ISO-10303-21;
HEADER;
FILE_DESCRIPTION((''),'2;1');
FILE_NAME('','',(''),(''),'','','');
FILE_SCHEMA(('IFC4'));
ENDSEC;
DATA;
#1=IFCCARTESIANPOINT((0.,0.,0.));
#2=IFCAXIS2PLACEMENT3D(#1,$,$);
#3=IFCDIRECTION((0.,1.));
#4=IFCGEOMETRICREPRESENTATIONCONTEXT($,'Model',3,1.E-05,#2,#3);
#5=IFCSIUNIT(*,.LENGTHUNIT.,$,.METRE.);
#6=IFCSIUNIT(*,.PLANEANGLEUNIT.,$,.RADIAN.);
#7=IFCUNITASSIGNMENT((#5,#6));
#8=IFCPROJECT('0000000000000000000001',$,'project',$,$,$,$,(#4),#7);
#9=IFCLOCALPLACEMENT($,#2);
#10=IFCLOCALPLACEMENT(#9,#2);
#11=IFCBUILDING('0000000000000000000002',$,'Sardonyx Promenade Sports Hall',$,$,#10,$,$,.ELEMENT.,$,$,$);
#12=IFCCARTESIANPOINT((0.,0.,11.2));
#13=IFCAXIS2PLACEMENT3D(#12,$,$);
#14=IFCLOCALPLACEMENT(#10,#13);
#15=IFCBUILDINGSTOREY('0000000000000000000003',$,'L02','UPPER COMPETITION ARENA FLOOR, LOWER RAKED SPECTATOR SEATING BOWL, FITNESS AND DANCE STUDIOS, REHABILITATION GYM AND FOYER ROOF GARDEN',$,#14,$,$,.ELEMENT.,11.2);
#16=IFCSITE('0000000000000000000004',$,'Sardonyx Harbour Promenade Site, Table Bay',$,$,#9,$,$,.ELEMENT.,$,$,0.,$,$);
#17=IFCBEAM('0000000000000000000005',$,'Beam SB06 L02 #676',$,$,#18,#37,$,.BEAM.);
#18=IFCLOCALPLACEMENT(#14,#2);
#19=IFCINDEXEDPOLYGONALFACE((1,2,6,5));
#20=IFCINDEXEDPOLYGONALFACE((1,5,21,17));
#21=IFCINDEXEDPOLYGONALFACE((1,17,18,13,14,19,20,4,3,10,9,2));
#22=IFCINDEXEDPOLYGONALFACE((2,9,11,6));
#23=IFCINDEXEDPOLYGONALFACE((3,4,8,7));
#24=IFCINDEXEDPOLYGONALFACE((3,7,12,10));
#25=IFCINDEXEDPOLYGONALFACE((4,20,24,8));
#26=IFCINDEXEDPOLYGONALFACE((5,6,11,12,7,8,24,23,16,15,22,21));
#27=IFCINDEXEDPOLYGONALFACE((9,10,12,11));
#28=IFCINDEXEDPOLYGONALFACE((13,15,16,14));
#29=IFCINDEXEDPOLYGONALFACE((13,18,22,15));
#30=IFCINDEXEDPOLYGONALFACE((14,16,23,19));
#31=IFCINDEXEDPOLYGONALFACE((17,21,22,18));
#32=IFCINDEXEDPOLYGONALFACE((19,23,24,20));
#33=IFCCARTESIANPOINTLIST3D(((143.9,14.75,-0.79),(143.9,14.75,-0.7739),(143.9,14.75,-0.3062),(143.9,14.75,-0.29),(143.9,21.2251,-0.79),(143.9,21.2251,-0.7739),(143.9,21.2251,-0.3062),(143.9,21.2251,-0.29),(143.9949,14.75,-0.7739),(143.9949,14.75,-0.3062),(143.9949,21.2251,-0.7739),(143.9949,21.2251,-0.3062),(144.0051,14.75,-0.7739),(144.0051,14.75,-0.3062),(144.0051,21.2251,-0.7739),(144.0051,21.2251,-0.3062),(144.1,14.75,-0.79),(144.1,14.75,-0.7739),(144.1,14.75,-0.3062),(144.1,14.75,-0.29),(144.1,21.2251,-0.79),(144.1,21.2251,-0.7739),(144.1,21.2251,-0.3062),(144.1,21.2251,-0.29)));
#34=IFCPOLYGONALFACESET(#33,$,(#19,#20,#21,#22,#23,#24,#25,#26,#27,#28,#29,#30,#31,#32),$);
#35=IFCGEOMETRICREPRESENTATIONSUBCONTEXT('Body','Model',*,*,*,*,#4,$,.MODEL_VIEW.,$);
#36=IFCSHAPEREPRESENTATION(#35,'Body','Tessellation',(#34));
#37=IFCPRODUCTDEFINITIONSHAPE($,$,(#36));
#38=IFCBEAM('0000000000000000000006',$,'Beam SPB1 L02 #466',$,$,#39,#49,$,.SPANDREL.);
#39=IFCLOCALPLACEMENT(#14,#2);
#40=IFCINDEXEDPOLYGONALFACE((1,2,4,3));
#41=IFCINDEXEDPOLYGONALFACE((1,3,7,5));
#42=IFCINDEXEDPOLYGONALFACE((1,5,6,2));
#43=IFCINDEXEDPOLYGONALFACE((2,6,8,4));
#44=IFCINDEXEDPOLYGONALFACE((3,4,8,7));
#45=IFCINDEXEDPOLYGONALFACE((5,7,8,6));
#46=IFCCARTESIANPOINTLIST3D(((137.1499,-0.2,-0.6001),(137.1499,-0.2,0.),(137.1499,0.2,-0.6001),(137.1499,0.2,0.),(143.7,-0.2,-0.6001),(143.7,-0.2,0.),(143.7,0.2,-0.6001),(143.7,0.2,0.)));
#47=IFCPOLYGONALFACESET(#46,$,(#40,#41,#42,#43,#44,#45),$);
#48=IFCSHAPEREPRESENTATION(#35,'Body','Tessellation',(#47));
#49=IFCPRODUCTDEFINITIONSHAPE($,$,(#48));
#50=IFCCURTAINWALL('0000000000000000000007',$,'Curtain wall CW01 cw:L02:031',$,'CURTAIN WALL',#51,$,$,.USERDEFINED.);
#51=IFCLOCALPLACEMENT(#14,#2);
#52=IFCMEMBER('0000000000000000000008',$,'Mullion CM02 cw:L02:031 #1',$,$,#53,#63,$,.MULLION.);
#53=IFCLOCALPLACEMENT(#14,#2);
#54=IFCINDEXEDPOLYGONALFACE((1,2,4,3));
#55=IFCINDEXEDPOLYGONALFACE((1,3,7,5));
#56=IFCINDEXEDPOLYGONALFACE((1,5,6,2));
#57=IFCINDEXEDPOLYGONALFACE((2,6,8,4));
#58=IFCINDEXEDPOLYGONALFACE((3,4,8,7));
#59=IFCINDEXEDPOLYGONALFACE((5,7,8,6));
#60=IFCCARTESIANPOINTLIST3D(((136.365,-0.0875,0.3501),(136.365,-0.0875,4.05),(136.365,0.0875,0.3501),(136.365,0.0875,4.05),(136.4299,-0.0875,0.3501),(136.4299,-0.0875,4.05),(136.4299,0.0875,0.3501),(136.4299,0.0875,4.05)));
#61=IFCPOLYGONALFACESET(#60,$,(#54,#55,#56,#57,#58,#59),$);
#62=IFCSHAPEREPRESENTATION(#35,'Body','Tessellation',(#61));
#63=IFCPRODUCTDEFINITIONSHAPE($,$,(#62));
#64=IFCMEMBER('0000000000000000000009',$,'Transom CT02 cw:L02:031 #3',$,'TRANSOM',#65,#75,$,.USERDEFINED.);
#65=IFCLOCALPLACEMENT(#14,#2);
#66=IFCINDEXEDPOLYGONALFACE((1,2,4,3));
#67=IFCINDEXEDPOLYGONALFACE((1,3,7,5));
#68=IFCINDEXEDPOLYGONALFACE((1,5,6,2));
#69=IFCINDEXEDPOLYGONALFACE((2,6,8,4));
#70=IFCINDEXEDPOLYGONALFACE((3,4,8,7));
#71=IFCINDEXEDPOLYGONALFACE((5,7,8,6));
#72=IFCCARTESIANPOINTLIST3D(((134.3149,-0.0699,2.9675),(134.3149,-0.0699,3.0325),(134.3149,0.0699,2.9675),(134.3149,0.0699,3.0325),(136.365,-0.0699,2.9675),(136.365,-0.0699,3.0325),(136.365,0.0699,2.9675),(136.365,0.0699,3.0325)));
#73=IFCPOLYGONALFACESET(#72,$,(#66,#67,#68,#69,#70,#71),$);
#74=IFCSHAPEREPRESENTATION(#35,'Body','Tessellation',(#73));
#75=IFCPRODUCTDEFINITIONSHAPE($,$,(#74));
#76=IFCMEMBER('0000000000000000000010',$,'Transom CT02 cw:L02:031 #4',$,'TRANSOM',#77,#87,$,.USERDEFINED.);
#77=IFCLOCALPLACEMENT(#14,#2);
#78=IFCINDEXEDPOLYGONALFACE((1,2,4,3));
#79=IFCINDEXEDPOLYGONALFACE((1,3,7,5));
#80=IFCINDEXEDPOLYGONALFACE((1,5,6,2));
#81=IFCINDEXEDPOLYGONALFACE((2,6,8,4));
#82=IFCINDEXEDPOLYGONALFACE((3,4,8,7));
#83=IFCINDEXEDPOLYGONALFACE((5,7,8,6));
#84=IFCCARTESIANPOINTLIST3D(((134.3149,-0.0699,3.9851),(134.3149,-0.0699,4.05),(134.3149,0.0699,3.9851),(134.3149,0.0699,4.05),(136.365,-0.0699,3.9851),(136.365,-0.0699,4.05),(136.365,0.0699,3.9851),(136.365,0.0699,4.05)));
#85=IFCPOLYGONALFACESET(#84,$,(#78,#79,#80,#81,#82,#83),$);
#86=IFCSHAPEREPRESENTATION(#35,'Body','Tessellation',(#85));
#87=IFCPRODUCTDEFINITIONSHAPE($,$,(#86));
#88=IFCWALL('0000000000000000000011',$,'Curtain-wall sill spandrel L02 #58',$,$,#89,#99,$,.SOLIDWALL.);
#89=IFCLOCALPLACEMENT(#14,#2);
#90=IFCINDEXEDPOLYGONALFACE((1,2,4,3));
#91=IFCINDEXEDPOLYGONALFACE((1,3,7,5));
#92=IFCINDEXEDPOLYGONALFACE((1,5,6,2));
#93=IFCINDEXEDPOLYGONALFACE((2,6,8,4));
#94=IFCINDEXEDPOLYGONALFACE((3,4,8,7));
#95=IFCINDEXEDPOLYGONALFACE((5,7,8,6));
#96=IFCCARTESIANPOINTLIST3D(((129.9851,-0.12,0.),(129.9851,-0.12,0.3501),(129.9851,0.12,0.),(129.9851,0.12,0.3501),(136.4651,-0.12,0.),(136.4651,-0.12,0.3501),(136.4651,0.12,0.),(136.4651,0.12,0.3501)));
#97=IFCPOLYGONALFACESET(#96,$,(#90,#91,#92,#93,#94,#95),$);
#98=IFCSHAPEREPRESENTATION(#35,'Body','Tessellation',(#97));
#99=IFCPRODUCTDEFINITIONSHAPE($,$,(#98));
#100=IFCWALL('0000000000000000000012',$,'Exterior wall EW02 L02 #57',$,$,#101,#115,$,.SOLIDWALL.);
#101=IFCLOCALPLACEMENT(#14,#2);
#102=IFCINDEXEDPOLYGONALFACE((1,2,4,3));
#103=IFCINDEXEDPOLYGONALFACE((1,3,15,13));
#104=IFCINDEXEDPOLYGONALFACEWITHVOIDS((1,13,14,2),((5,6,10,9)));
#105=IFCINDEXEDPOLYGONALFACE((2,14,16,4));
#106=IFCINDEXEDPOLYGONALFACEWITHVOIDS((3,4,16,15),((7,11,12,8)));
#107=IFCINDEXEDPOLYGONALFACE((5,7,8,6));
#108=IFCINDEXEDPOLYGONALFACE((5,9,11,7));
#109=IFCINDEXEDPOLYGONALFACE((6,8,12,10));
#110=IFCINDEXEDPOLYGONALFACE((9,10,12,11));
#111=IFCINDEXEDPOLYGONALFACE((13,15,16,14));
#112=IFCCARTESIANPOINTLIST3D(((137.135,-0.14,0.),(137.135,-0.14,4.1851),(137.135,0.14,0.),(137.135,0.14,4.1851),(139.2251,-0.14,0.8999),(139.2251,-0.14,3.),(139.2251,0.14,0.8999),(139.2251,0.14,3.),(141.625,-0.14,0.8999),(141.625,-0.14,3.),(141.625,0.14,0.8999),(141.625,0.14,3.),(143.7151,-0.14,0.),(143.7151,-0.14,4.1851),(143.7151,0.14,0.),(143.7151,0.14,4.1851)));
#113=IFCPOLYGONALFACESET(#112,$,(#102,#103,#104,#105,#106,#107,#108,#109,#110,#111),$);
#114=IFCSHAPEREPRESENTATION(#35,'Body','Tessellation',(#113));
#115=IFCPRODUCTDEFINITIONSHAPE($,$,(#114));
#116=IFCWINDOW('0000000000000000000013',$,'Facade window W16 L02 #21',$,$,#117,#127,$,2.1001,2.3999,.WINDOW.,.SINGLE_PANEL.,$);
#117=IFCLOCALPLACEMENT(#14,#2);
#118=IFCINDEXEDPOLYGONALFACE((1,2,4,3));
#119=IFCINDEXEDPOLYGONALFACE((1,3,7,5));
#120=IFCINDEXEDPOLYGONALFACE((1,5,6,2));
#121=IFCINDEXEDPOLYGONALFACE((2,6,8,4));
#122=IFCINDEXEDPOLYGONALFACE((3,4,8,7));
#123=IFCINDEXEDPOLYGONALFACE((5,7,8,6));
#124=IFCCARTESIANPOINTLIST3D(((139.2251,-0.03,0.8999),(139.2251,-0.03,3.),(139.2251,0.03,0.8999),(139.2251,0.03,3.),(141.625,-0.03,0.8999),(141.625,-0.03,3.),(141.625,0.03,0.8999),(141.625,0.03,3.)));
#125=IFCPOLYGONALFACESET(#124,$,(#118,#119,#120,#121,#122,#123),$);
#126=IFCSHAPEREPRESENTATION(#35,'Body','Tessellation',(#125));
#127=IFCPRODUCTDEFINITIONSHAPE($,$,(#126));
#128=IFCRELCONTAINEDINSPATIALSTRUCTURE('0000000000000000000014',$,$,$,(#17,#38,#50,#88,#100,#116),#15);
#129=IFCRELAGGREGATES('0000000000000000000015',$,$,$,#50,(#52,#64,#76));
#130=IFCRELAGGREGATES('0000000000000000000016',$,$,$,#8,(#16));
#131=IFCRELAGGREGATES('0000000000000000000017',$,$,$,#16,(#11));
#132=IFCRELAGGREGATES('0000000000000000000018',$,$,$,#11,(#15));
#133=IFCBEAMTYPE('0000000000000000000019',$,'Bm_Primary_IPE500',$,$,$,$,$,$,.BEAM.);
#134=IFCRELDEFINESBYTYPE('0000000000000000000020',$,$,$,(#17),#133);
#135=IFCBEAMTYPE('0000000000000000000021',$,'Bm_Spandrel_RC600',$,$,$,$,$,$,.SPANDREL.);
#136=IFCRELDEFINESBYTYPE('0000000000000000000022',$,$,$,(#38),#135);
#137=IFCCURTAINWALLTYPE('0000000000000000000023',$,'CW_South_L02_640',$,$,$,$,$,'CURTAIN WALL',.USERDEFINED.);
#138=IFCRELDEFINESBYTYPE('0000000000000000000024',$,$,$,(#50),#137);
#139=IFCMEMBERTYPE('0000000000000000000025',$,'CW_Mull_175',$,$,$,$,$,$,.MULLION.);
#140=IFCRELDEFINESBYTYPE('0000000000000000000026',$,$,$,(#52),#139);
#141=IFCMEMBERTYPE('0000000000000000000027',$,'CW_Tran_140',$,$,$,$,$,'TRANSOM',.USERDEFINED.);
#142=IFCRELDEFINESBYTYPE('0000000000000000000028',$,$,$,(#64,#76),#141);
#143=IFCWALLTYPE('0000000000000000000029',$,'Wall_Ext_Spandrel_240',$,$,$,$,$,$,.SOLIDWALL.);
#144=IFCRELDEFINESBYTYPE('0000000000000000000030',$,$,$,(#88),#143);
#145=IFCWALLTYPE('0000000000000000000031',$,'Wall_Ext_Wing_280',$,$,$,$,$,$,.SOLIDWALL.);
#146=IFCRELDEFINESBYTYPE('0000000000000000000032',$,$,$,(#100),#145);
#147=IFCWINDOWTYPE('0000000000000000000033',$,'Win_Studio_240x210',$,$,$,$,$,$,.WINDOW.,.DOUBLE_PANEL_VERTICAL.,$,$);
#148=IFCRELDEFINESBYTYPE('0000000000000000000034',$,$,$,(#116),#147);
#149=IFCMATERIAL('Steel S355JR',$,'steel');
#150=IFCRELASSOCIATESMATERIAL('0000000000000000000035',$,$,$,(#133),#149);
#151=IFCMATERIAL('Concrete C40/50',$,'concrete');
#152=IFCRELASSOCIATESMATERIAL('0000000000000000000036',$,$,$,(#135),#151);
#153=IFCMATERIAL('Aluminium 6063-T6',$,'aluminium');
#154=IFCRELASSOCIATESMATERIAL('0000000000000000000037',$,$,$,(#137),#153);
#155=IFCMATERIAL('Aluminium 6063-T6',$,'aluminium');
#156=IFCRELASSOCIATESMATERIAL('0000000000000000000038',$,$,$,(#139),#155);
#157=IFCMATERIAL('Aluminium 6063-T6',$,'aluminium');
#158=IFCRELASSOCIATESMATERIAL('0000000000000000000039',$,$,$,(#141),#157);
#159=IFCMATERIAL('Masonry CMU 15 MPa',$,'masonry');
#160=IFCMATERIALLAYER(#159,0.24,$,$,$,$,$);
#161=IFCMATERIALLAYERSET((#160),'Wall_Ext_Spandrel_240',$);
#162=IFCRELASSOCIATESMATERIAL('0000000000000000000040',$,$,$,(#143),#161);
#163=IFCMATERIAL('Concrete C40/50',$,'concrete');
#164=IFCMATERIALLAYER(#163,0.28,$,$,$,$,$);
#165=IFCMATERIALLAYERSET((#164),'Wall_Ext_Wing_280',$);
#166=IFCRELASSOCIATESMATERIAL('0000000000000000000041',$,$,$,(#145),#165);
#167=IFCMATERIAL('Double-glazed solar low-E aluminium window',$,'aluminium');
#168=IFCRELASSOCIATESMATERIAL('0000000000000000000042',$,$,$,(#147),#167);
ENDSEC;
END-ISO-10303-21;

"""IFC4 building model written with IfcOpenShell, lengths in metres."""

from ifc_helpers import new_model, si_unit, direction, frame, frame_2d, origin, origin_2d, place, context, subcontext, project, spatial, rectangle, i_section, extrude, material, layer, layer_set, material_profile, profile_set, type_object, element, fill, aggregate, save


model = new_model("IFC4")

# Units and contexts
model_context = context("Model", 3, precision=1e-05, world=origin(), true_north=direction((0.0, 1.0)))
body_context = subcontext(model_context, "Body", "Model", "MODEL_VIEW")
ifc_project = project(units=[si_unit("LENGTHUNIT", "METRE"), si_unit("PLANEANGLEUNIT", "RADIAN")], contexts=[model_context])

# Site, building, storey
site_placement = place(None, origin())
site = spatial("IfcSite", under=ifc_project, at=site_placement, Name="Sardonyx Harbour Promenade Site, Table Bay", CompositionType="ELEMENT", RefElevation=0.0)
building_placement = place(site_placement, origin())
building = spatial("IfcBuilding", under=site, at=building_placement, Name="Sardonyx Promenade Sports Hall", CompositionType="ELEMENT")
storey_placement = place(building_placement, frame((0.0, 0.0, 11.2)))
storey = spatial("IfcBuildingStorey", under=building, at=storey_placement, Name="L02", Description="UPPER COMPETITION ARENA FLOOR, LOWER RAKED SPECTATOR SEATING BOWL, FITNESS AND DANCE STUDIOS, REHABILITATION GYM AND FOYER ROOF GARDEN", CompositionType="ELEMENT", Elevation=11.2)

# Beams
ifc_material_1 = material(Name="Steel S355JR", Category="steel")
ifc_material_profile_1 = material_profile(ifc_material_1, i_section(OverallWidth=0.2, OverallDepth=0.5, WebThickness=0.0103, FlangeThickness=0.0161, at=origin_2d()))
ifc_profile_set_1 = profile_set([ifc_material_profile_1], Name="Steel S355JR")
beam_type_1 = type_object("IfcBeamType", Name="Bm_Primary_IPE500", PredefinedType="BEAM", material=ifc_profile_set_1)
beam_1_placement = place(storey_placement, frame((144.0, 14.75, -0.54), z_axis=(0.0, 1.0, 0.0), x_axis=(-1.0, 0.0, 0.0)))
element("IfcBeam", 1, at=beam_1_placement, inside=storey, type_object=beam_type_1, Name="Beam SB06 L02 #676", PredefinedType="BEAM", context=body_context, shape_type="SweptSolid", body=[
    extrude(i_section(OverallWidth=0.2, OverallDepth=0.5, WebThickness=0.0103, FlangeThickness=0.0161, at=origin_2d()), origin(), (0.0, 0.0, 1.0), 6.4751),
])
ifc_material_2 = material(Name="Concrete C40/50", Category="concrete")
ifc_material_profile_2 = material_profile(ifc_material_2, rectangle(XDim=0.3999, YDim=0.6001, at=origin_2d()))
ifc_profile_set_2 = profile_set([ifc_material_profile_2], Name="Concrete C40/50")
beam_type_2 = type_object("IfcBeamType", Name="Bm_Spandrel_RC600", PredefinedType="SPANDREL", material=ifc_profile_set_2)
beam_2_placement = place(storey_placement, frame((137.1499, 0.0, -0.3), z_axis=(1.0, 0.0, 0.0), x_axis=(0.0, 1.0, 0.0)))
element("IfcBeam", 2, at=beam_2_placement, inside=storey, type_object=beam_type_2, Name="Beam SPB1 L02 #466", PredefinedType="SPANDREL", context=body_context, shape_type="SweptSolid", body=[
    extrude(rectangle(XDim=0.3999, YDim=0.6001, at=origin_2d()), origin(), (0.0, 0.0, 1.0), 6.55),
])

# Curtain wall, members
ifc_material_3 = material(Name="Aluminium 6063-T6", Category="aluminium")
curtain_wall_type = type_object("IfcCurtainWallType", Name="CW_South_L02_640", ElementType="CURTAIN WALL", PredefinedType="USERDEFINED", material=ifc_material_3)
curtain_wall_placement = place(storey_placement, origin())
curtain_wall = element("IfcCurtainWall", 3, at=curtain_wall_placement, inside=storey, type_object=curtain_wall_type, Name="Curtain wall CW01 cw:L02:031", ObjectType="CURTAIN WALL", PredefinedType="USERDEFINED")
ifc_material_4 = material(Name="Aluminium 6063-T6", Category="aluminium")
ifc_material_profile_3 = material_profile(ifc_material_4, rectangle(XDim=0.0649, YDim=0.175, at=origin_2d()))
ifc_profile_set_3 = profile_set([ifc_material_profile_3], Name="Aluminium 6063-T6")
member_type_1 = type_object("IfcMemberType", Name="CW_Mull_175", PredefinedType="MULLION", material=ifc_profile_set_3)
member_1_placement = place(storey_placement, frame((136.3975, 0.0, 0.3501), z_axis=(0.0, 0.0, 1.0), x_axis=(-1.0, 0.0, 0.0)))
member_1 = element("IfcMember", 4, at=member_1_placement, type_object=member_type_1, Name="Mullion CM02 cw:L02:031 #1", PredefinedType="MULLION", context=body_context, shape_type="SweptSolid", body=[
    extrude(rectangle(XDim=0.0649, YDim=0.175, at=origin_2d()), origin(), (0.0, 0.0, 1.0), 3.7),
])
ifc_material_5 = material(Name="Aluminium 6063-T6", Category="aluminium")
ifc_material_profile_4 = material_profile(ifc_material_5, rectangle(XDim=0.0649, YDim=0.1399, at=origin_2d()))
ifc_profile_set_4 = profile_set([ifc_material_profile_4], Name="Aluminium 6063-T6")
member_type_2 = type_object("IfcMemberType", Name="CW_Tran_140", ElementType="TRANSOM", PredefinedType="USERDEFINED", material=ifc_profile_set_4)
member_2_placement = place(storey_placement, frame((136.365, 0.0, 3.0), z_axis=(-1.0, 0.0, 0.0), x_axis=(0.0, 0.0, 1.0)))
member_2 = element("IfcMember", 5, at=member_2_placement, type_object=member_type_2, Name="Transom CT02 cw:L02:031 #3", ObjectType="TRANSOM", PredefinedType="USERDEFINED", context=body_context, shape_type="SweptSolid", body=[
    extrude(rectangle(XDim=0.0649, YDim=0.1399, at=origin_2d()), origin(), (0.0, 0.0, 1.0), 2.05),
])
member_3_placement = place(storey_placement, frame((136.365, 0.0, 4.0176), z_axis=(-1.0, 0.0, 0.0), x_axis=(0.0, 0.0, 1.0)))
member_3 = element("IfcMember", 6, at=member_3_placement, type_object=member_type_2, Name="Transom CT02 cw:L02:031 #4", ObjectType="TRANSOM", PredefinedType="USERDEFINED", context=body_context, shape_type="SweptSolid", body=[
    extrude(rectangle(XDim=0.0649, YDim=0.1399, at=origin_2d()), origin(), (0.0, 0.0, 1.0), 2.05),
])
aggregate(curtain_wall, [member_1, member_2, member_3])

# Wall
ifc_material_6 = material(Name="Masonry CMU 15 MPa", Category="masonry")
ifc_layer_1 = layer(ifc_material_6, 0.24)
ifc_layer_set_1 = layer_set([ifc_layer_1], Name="Wall_Ext_Spandrel_240")
wall_type_1 = type_object("IfcWallType", Name="Wall_Ext_Spandrel_240", PredefinedType="SOLIDWALL", material=ifc_layer_set_1)
wall_1_placement = place(storey_placement, frame((136.4651, 0.0, 0.0), z_axis=(0.0, 0.0, 1.0), x_axis=(-1.0, 0.0, 0.0)))
element("IfcWall", 7, at=wall_1_placement, inside=storey, type_object=wall_type_1, Name="Curtain-wall sill spandrel L02 #58", PredefinedType="SOLIDWALL", context=body_context, shape_type="SweptSolid", body=[
    extrude(rectangle(XDim=6.48, YDim=0.24, at=frame_2d((3.24, 0.0))), origin(), (0.0, 0.0, 1.0), 0.3501),
])

# Wall, opening, window
ifc_material_7 = material(Name="Concrete C40/50", Category="concrete")
ifc_layer_2 = layer(ifc_material_7, 0.28)
ifc_layer_set_2 = layer_set([ifc_layer_2], Name="Wall_Ext_Wing_280")
wall_type_2 = type_object("IfcWallType", Name="Wall_Ext_Wing_280", PredefinedType="SOLIDWALL", material=ifc_layer_set_2)
wall_2_placement = place(storey_placement, frame((143.7151, 0.0, 0.0), z_axis=(0.0, 0.0, 1.0), x_axis=(-1.0, 0.0, 0.0)))
wall_2 = element("IfcWall", 8, at=wall_2_placement, inside=storey, type_object=wall_type_2, Name="Exterior wall EW02 L02 #57", PredefinedType="SOLIDWALL", context=body_context, shape_type="SweptSolid", body=[
    extrude(rectangle(XDim=6.5801, YDim=0.28, at=frame_2d((3.29, 0.0))), origin(), (0.0, 0.0, 1.0), 4.1851),
])
opening_placement = place(wall_2_placement, frame((2.0901, 0.0, 0.8999)))
opening = element("IfcOpeningElement", 9, at=opening_placement, cuts=wall_2, PredefinedType="OPENING", context=body_context, shape_type="SweptSolid", body=[
    extrude(rectangle(XDim=2.3999, YDim=2.1001, at=frame_2d((1.2, 1.05))), frame((0.0, 0.15, 0.0), z_axis=(0.0, -1.0, 0.0), x_axis=(1.0, 0.0, 0.0)), (0.0, 0.0, 1.0), 0.3),
])
ifc_material_8 = material(Name="Double-glazed solar low-E aluminium window", Category="aluminium")
window_type = type_object("IfcWindowType", Name="Win_Studio_240x210", PartitioningType="DOUBLE_PANEL_VERTICAL", PredefinedType="WINDOW", material=ifc_material_8)
window_placement = place(opening_placement, origin())
window = element("IfcWindow", 10, at=window_placement, inside=storey, type_object=window_type, Name="Facade window W16 L02 #21", OverallHeight=2.1001, OverallWidth=2.3999, PartitioningType="SINGLE_PANEL", PredefinedType="WINDOW", context=body_context, shape_type="SweptSolid", body=[
    extrude(rectangle(XDim=2.3999, YDim=2.1001, at=frame_2d((1.2, 1.05))), frame((0.0, 0.03, 0.0), z_axis=(0.0, -1.0, 0.0), x_axis=(1.0, 0.0, 0.0)), (0.0, 0.0, 1.0), 0.0601),
])
fill(opening, window)

save(model, "model.ifc")
